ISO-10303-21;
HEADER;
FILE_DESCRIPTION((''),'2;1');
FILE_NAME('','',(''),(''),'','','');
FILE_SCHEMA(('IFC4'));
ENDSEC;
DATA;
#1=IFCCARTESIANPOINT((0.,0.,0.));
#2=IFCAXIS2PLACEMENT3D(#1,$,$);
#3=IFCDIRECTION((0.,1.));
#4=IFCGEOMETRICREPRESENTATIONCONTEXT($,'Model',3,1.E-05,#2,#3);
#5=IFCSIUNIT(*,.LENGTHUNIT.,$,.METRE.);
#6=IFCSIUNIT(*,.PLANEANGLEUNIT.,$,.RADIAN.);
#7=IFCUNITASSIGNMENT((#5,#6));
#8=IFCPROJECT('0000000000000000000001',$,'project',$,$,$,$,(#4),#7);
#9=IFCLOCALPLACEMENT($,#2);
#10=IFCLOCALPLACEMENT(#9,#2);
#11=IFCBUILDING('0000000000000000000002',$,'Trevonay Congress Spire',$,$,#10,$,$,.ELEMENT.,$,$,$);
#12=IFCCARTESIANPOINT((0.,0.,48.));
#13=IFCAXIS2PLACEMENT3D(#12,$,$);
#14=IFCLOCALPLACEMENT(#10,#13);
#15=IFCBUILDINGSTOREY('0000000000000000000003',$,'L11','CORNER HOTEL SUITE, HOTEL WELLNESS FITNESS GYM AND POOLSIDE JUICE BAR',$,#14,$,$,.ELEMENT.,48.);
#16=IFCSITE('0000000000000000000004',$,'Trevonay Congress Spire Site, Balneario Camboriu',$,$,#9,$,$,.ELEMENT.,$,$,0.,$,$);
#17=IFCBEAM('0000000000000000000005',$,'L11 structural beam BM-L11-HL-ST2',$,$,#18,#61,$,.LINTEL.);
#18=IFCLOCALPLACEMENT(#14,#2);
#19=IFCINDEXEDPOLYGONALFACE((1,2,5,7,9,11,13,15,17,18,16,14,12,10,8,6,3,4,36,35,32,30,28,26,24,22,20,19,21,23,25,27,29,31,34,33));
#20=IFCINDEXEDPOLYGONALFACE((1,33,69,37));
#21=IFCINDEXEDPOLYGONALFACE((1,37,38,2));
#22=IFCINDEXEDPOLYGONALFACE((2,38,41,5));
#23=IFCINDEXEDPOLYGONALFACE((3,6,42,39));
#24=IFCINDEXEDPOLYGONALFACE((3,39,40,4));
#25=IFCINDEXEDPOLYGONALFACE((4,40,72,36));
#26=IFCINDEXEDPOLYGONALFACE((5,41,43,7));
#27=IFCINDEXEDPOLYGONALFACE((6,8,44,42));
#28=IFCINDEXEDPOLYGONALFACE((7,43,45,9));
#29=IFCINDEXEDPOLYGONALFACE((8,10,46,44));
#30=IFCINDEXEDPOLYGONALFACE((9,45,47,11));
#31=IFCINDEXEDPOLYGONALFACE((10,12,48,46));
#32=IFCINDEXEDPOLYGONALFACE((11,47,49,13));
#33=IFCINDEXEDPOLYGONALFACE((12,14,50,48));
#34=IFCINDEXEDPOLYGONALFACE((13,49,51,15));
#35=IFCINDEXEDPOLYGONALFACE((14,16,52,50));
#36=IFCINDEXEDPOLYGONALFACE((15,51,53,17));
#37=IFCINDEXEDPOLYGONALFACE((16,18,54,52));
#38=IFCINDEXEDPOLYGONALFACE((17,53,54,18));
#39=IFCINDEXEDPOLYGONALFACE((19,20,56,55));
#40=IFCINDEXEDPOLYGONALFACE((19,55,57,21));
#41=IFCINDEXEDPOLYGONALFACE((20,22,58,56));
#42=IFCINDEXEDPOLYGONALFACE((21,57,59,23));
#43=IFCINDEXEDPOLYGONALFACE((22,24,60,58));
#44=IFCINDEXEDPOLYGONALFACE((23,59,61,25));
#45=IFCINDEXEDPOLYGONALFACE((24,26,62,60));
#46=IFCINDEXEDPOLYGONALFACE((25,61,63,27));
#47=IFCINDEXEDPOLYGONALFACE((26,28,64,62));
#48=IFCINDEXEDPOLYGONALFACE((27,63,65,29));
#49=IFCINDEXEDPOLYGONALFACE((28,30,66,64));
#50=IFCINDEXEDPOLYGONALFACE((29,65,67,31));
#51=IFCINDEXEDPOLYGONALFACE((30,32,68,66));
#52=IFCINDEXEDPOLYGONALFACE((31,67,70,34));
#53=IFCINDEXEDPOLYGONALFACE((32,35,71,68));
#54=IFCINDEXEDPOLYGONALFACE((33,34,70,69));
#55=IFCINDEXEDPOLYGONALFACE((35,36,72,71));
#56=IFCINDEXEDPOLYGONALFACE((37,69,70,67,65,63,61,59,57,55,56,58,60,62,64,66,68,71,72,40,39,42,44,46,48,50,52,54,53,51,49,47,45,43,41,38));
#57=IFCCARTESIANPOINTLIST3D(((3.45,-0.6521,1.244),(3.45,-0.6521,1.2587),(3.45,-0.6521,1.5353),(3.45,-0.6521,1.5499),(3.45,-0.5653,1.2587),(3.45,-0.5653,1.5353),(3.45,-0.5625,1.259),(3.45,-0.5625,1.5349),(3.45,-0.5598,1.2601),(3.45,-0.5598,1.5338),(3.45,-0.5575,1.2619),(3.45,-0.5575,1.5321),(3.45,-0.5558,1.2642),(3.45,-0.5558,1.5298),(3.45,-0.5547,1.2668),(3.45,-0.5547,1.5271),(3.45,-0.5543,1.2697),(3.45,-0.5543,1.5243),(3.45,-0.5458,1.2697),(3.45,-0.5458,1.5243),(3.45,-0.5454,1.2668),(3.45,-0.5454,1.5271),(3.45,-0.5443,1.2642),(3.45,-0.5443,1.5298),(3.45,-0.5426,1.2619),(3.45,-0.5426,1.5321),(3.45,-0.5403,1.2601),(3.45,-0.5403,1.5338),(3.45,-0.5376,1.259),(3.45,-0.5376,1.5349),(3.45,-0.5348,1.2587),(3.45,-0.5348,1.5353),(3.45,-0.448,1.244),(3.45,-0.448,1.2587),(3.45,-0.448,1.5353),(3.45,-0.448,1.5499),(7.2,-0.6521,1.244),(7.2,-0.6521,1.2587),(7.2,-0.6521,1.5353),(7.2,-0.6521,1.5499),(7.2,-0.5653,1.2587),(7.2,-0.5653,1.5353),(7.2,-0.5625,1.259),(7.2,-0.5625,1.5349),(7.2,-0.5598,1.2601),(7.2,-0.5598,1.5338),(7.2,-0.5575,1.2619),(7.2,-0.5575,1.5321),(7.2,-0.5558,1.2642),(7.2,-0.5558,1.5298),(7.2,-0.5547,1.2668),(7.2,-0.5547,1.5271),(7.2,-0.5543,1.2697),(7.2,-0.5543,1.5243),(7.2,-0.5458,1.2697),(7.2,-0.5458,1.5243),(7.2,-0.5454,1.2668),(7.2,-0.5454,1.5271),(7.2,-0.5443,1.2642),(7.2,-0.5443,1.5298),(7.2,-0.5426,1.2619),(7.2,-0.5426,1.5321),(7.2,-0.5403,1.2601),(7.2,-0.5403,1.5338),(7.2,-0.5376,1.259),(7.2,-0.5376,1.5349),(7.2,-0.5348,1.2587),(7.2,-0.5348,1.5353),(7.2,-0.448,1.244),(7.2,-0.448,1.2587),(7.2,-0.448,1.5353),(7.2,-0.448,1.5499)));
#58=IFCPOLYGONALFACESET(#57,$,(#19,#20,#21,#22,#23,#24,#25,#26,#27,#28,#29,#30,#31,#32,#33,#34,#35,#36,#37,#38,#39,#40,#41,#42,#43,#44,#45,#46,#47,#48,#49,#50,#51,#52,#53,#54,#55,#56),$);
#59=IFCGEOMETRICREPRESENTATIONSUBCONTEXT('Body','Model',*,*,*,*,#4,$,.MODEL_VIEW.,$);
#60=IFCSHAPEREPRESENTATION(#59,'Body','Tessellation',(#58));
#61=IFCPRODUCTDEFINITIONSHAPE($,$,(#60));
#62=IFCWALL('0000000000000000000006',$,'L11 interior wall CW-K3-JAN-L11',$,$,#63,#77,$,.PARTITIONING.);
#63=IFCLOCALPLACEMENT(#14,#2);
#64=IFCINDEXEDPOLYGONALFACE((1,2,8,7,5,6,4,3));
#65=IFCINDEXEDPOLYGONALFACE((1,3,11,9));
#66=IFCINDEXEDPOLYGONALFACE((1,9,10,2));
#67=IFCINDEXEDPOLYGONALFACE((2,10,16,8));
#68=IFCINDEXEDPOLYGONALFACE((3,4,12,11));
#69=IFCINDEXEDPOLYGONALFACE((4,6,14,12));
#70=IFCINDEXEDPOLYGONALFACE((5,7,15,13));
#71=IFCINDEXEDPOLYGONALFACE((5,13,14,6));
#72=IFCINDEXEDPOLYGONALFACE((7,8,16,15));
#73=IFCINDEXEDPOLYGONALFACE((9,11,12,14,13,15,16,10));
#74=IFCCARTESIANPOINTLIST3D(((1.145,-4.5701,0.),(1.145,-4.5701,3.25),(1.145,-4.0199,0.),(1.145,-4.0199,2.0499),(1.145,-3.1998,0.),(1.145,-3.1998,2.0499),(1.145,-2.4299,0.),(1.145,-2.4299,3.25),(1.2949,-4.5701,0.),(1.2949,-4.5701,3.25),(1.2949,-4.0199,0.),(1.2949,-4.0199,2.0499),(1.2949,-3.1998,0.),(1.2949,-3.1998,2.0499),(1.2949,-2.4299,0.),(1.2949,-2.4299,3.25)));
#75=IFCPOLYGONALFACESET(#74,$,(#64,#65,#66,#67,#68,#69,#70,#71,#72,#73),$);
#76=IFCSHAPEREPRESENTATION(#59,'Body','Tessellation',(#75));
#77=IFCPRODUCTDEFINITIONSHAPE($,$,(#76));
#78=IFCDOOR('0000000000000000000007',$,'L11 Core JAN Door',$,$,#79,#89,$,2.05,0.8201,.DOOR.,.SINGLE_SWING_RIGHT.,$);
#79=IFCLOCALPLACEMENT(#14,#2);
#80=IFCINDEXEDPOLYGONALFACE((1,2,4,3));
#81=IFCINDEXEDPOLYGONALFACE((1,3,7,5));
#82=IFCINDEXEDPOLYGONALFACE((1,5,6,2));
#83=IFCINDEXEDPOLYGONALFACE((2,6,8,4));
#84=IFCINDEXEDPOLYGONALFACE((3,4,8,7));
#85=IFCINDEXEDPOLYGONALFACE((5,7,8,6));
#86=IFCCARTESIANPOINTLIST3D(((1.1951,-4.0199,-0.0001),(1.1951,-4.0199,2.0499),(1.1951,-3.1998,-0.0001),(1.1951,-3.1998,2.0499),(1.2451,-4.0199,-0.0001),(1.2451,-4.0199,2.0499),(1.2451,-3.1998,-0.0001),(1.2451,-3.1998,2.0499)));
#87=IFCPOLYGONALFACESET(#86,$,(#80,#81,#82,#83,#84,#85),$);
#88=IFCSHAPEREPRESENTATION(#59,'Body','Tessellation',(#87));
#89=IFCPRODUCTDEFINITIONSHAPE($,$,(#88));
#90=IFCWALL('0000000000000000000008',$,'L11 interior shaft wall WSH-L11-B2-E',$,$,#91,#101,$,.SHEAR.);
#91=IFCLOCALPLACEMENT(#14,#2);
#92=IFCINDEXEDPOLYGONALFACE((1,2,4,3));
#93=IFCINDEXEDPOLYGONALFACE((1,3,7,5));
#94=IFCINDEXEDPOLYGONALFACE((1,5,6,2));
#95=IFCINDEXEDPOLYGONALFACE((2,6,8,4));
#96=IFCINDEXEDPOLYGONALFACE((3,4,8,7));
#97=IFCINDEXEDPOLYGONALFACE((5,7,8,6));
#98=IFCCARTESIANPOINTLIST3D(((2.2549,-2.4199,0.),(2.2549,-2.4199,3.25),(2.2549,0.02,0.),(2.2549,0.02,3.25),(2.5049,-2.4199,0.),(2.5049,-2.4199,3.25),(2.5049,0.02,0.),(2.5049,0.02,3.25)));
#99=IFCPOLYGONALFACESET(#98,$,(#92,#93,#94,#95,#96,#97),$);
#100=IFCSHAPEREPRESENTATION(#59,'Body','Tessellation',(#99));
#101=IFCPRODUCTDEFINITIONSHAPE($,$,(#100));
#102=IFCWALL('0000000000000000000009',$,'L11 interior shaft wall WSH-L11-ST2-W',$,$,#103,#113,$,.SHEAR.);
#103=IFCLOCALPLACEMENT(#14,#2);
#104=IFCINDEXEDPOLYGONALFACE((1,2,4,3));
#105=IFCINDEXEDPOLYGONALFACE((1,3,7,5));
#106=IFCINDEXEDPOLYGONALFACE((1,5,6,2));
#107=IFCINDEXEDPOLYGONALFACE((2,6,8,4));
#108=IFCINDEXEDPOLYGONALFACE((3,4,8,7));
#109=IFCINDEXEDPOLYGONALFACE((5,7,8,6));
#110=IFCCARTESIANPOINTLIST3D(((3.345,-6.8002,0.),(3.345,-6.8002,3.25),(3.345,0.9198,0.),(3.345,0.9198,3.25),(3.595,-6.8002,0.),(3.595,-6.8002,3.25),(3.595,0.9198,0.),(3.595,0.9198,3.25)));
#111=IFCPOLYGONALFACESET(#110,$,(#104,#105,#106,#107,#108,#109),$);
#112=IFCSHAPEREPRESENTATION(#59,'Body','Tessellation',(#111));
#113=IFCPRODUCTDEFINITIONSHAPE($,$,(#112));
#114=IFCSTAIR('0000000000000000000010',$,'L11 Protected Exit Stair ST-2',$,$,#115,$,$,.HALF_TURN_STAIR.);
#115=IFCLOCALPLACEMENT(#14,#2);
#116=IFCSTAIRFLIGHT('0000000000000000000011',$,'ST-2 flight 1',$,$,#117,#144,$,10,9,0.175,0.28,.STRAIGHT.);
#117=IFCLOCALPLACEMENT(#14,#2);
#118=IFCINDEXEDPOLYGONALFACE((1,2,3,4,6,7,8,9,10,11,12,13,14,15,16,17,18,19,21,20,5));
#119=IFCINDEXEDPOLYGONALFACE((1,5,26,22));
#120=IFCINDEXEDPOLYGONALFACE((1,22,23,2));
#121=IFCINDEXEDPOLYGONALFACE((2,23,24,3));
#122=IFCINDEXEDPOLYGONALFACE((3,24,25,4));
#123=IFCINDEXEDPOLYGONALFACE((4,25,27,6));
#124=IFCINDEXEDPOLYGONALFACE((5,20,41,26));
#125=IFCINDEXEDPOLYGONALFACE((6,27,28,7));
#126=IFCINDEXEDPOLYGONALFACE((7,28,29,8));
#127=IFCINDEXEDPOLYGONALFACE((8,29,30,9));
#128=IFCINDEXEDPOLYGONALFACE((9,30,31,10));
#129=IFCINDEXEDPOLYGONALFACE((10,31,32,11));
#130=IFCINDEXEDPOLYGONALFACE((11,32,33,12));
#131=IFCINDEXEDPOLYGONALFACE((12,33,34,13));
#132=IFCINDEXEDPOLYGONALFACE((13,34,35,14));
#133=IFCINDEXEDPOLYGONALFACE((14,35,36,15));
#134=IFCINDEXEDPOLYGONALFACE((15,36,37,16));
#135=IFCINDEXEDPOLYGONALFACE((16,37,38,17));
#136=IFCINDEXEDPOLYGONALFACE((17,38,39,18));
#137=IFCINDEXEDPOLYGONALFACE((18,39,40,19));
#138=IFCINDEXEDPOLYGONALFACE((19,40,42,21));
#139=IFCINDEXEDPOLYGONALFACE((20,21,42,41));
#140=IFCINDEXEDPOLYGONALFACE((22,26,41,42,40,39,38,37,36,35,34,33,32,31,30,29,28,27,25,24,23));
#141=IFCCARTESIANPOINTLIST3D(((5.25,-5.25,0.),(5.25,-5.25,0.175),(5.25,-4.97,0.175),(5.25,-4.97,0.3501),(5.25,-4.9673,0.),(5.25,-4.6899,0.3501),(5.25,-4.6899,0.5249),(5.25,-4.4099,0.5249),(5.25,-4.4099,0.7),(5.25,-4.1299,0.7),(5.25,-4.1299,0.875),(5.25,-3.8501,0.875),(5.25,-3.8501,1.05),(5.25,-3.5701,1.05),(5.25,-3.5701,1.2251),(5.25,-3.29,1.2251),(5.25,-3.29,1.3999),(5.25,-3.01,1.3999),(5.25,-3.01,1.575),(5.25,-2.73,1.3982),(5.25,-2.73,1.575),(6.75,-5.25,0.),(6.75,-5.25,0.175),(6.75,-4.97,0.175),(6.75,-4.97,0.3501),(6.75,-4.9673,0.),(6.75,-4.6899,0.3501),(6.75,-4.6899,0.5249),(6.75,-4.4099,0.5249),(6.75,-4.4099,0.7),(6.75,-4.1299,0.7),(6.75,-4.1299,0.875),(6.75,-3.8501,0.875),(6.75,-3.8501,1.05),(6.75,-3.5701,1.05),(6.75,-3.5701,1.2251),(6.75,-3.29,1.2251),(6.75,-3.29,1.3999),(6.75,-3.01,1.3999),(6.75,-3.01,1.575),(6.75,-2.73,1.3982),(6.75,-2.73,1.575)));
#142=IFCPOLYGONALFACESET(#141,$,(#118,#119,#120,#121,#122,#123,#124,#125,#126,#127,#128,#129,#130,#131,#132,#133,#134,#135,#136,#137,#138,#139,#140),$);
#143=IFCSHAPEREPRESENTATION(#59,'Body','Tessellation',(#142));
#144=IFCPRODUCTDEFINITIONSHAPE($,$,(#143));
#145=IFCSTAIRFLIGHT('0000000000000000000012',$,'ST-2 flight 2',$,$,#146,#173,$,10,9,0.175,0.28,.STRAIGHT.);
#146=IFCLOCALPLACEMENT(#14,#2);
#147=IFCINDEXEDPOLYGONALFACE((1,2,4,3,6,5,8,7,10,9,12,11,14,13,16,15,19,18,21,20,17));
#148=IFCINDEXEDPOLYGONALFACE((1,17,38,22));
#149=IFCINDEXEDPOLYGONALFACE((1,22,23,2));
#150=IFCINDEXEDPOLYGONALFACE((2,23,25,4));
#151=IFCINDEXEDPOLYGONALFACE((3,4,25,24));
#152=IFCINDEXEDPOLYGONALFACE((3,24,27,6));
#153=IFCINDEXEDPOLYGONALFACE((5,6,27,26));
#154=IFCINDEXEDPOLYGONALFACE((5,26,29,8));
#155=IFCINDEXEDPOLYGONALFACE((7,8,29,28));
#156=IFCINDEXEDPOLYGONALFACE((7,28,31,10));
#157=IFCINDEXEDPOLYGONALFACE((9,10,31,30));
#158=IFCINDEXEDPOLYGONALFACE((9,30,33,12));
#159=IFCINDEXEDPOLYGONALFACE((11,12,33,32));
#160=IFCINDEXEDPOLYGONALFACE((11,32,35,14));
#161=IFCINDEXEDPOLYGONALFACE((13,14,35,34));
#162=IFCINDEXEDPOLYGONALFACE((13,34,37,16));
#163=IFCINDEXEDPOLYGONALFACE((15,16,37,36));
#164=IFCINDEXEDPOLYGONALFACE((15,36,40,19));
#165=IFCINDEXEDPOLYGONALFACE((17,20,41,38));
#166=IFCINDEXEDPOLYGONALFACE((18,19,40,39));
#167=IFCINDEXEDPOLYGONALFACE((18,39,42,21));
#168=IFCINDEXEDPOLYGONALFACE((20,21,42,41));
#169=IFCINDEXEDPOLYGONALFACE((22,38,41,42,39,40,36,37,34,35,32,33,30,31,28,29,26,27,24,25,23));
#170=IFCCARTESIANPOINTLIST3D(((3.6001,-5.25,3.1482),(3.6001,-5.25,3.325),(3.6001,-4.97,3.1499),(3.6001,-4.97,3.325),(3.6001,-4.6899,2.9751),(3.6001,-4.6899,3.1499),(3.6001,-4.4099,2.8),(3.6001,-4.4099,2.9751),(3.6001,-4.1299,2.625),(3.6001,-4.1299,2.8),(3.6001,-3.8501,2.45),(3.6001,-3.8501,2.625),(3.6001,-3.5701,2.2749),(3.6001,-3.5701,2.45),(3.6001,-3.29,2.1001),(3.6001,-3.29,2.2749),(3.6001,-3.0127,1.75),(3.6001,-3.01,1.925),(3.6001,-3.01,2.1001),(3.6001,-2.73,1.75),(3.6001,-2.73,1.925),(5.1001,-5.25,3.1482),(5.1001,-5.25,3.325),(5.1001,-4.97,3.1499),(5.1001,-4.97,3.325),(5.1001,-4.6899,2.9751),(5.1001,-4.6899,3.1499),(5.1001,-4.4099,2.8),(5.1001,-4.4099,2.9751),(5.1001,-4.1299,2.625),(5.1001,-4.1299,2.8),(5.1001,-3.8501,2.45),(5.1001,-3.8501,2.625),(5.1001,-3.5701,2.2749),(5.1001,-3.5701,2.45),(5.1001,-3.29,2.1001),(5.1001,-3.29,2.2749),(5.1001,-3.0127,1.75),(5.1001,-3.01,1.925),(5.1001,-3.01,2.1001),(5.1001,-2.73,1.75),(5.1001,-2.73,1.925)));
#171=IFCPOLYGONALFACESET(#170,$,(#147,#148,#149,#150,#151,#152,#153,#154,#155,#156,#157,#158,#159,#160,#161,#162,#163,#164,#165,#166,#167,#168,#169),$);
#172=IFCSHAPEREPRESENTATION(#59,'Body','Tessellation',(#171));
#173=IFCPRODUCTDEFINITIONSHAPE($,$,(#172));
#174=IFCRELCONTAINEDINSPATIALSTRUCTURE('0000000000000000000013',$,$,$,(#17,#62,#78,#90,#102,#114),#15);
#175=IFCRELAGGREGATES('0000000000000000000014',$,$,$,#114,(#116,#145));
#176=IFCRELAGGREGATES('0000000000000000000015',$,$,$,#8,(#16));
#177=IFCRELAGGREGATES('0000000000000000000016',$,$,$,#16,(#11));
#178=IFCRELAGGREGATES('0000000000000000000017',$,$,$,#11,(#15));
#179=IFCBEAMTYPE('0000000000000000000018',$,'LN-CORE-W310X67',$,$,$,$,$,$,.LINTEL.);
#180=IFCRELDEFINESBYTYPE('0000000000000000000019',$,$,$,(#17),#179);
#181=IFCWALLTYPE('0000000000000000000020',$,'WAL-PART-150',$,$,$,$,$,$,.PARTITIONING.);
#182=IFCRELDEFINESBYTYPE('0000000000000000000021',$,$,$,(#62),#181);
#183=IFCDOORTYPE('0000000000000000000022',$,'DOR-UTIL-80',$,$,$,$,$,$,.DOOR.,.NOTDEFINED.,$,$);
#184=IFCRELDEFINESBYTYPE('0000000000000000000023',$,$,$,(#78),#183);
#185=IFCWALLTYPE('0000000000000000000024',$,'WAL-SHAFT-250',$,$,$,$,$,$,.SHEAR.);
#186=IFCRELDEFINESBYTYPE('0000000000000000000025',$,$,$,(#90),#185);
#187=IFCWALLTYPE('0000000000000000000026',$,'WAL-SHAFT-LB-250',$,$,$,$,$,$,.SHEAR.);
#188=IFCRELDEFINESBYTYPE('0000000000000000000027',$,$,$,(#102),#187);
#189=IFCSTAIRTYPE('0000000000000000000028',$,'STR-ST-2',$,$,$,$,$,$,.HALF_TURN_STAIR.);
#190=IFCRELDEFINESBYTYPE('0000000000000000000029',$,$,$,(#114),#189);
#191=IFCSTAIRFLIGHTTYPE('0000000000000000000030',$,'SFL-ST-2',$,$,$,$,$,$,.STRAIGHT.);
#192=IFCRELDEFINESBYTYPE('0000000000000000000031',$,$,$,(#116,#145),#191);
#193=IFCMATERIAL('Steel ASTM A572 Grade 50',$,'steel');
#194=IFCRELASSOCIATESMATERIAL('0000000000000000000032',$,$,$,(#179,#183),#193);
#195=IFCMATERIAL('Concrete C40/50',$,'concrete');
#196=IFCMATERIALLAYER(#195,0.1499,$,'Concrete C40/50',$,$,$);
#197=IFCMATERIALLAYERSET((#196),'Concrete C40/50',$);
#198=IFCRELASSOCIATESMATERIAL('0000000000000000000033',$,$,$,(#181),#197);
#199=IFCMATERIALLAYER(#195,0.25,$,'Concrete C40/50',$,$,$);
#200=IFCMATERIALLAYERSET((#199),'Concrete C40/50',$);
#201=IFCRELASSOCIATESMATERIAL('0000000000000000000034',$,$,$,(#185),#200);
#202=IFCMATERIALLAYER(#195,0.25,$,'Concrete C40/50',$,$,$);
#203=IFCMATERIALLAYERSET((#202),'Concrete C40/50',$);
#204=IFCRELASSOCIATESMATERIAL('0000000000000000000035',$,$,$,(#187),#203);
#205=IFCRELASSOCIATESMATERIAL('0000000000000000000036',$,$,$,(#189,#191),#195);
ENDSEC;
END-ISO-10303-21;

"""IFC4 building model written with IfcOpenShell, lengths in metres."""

from ifc_helpers import new_model, si_unit, direction, frame, frame_2d, origin, origin_2d, place, context, subcontext, project, spatial, polyline, rectangle, i_section, outline, extrude, material, layer, layer_set, material_profile, profile_set, type_object, element, fill, aggregate, save


model = new_model("IFC4")

# Units and contexts
model_context = context("Model", 3, precision=1e-05, world=origin(), true_north=direction((0.0, 1.0)))
body_context = subcontext(model_context, "Body", "Model", "MODEL_VIEW")
ifc_project = project(units=[si_unit("LENGTHUNIT", "METRE"), si_unit("PLANEANGLEUNIT", "RADIAN")], contexts=[model_context])

# Site, building, storey
site_placement = place(None, origin())
site = spatial("IfcSite", under=ifc_project, at=site_placement, Name="Trevonay Congress Spire Site, Balneario Camboriu", CompositionType="ELEMENT", RefElevation=0.0)
building_placement = place(site_placement, origin())
building = spatial("IfcBuilding", under=site, at=building_placement, Name="Trevonay Congress Spire", CompositionType="ELEMENT")
storey_placement = place(building_placement, frame((0.0, 0.0, 48.0)))
storey = spatial("IfcBuildingStorey", under=building, at=storey_placement, Name="L11", Description="CORNER HOTEL SUITE, HOTEL WELLNESS FITNESS GYM AND POOLSIDE JUICE BAR", CompositionType="ELEMENT", Elevation=48.0)

# Beam
ifc_material_1 = material(Name="Steel ASTM A572 Grade 50", Category="steel")
ifc_material_profile_1 = material_profile(ifc_material_1, i_section(OverallWidth=0.2041, OverallDepth=0.3059, WebThickness=0.0085, FlangeThickness=0.0146, FilletRadius=0.011, at=origin_2d()), Name="W310x67")
ifc_profile_set_1 = profile_set([ifc_material_profile_1], Name="Steel ASTM A572 Grade 50")
beam_type_1 = type_object("IfcBeamType", Name="LN-CORE-W310X67", PredefinedType="LINTEL", material=ifc_profile_set_1)
beam_1_placement = place(storey_placement, frame((3.45, -0.55, 1.397), z_axis=(1.0, 0.0, 0.0), x_axis=(0.0, 1.0, 0.0)))
element("IfcBeam", 1, at=beam_1_placement, inside=storey, type_object=beam_type_1, Name="L11 structural beam BM-L11-HL-ST2", PredefinedType="LINTEL", context=body_context, shape_type="SweptSolid", body=[
    extrude(i_section(OverallWidth=0.2041, OverallDepth=0.3059, WebThickness=0.0085, FlangeThickness=0.0146, FilletRadius=0.011, at=origin_2d()), origin(), (0.0, 0.0, 1.0), 3.75),
])

# Wall, opening, door
ifc_material_2 = material(Name="Concrete C40/50", Category="concrete")
ifc_layer_1 = layer(ifc_material_2, 0.1499, Name="Concrete C40/50")
ifc_layer_set_1 = layer_set([ifc_layer_1], Name="Concrete C40/50")
wall_type_1 = type_object("IfcWallType", Name="WAL-PART-150", PredefinedType="PARTITIONING", material=ifc_layer_set_1)
wall_1_placement = place(storey_placement, frame((1.22, -4.5701, 0.0), z_axis=(0.0, 0.0, 1.0), x_axis=(0.0, 1.0, 0.0)))
wall_1 = element("IfcWall", 2, at=wall_1_placement, inside=storey, type_object=wall_type_1, Name="L11 interior wall CW-K3-JAN-L11", PredefinedType="PARTITIONING", context=body_context, shape_type="SweptSolid", body=[
    extrude(rectangle(XDim=2.1401, YDim=0.1499, at=frame_2d((1.0701, 0.0))), origin(), (0.0, 0.0, 1.0), 3.25),
])
opening_placement = place(wall_1_placement, frame((0.55, 0.0, 0.0)))
opening = element("IfcOpeningElement", 3, at=opening_placement, cuts=wall_1, PredefinedType="OPENING", context=body_context, shape_type="SweptSolid", body=[
    extrude(rectangle(XDim=0.8201, YDim=2.05, at=frame_2d((0.4102, 1.0249))), frame((0.0, 0.085, 0.0), z_axis=(0.0, -1.0, 0.0), x_axis=(1.0, 0.0, 0.0)), (0.0, 0.0, 1.0), 0.1699),
])
door_type = type_object("IfcDoorType", Name="DOR-UTIL-80", OperationType="NOTDEFINED", PredefinedType="DOOR", material=ifc_material_1)
door_placement = place(opening_placement, origin())
door = element("IfcDoor", 4, at=door_placement, inside=storey, type_object=door_type, Name="L11 Core JAN Door", OperationType="SINGLE_SWING_RIGHT", OverallHeight=2.05, OverallWidth=0.8201, PredefinedType="DOOR", context=body_context, shape_type="SweptSolid", body=[
    extrude(rectangle(XDim=0.8201, YDim=2.05, at=frame_2d((0.4102, 1.0249))), frame((0.0, 0.0249, 0.0), z_axis=(0.0, -1.0, 0.0), x_axis=(1.0, 0.0, 0.0)), (0.0, 0.0, 1.0), 0.05),
])
fill(opening, door)

# Walls
ifc_layer_2 = layer(ifc_material_2, 0.25, Name="Concrete C40/50")
ifc_layer_set_2 = layer_set([ifc_layer_2], Name="Concrete C40/50")
wall_type_2 = type_object("IfcWallType", Name="WAL-SHAFT-250", PredefinedType="SHEAR", material=ifc_layer_set_2)
wall_2_placement = place(storey_placement, frame((2.3799, -2.4199, 0.0), z_axis=(0.0, 0.0, 1.0), x_axis=(0.0, 1.0, 0.0)))
element("IfcWall", 5, at=wall_2_placement, inside=storey, type_object=wall_type_2, Name="L11 interior shaft wall WSH-L11-B2-E", PredefinedType="SHEAR", context=body_context, shape_type="SweptSolid", body=[
    extrude(rectangle(XDim=2.4399, YDim=0.25, at=frame_2d((1.22, 0.0))), origin(), (0.0, 0.0, 1.0), 3.25),
])
ifc_layer_3 = layer(ifc_material_2, 0.25, Name="Concrete C40/50")
ifc_layer_set_3 = layer_set([ifc_layer_3], Name="Concrete C40/50")
wall_type_3 = type_object("IfcWallType", Name="WAL-SHAFT-LB-250", PredefinedType="SHEAR", material=ifc_layer_set_3)
wall_3_placement = place(storey_placement, frame((3.47, -6.8, 0.0), z_axis=(0.0, 0.0, 1.0), x_axis=(0.0, 1.0, 0.0)))
element("IfcWall", 6, at=wall_3_placement, inside=storey, type_object=wall_type_3, Name="L11 interior shaft wall WSH-L11-ST2-W", PredefinedType="SHEAR", context=body_context, shape_type="SweptSolid", body=[
    extrude(rectangle(XDim=7.72, YDim=0.25, at=frame_2d((3.8599, 0.0))), origin(), (0.0, 0.0, 1.0), 3.25),
])

# Stair, stair flights
stair_type = type_object("IfcStairType", Name="STR-ST-2", PredefinedType="HALF_TURN_STAIR", material=ifc_material_2)
stair_placement = place(storey_placement, origin())
stair = element("IfcStair", 7, at=stair_placement, inside=storey, type_object=stair_type, Name="L11 Protected Exit Stair ST-2", PredefinedType="HALF_TURN_STAIR")
stair_flight_type = type_object("IfcStairFlightType", Name="SFL-ST-2", PredefinedType="STRAIGHT", material=ifc_material_2)
stair_flight_1_placement = place(storey_placement, frame((6.0, -5.25, 0.0), z_axis=(0.0, 0.0, 1.0), x_axis=(0.0, 1.0, 0.0)))
stair_flight_1 = element("IfcStairFlight", 8, at=stair_flight_1_placement, type_object=stair_flight_type, Name="ST-2 flight 1", NumberOfRisers=10, NumberOfTreads=9, PredefinedType="STRAIGHT", RiserHeight=0.175, TreadLength=0.28, context=body_context, shape_type="SweptSolid", body=[
    extrude(outline(polyline([(0.0, 0.0), (0.0, 0.175), (0.28, 0.175), (0.28, 0.3501), (0.5601, 0.3501), (0.5601, 0.5249), (0.8401, 0.5249), (0.8401, 0.7), (1.1201, 0.7), (1.1201, 0.875), (1.3999, 0.875), (1.3999, 1.05), (1.6799, 1.05), (1.6799, 1.2251), (1.96, 1.2251), (1.96, 1.3999), (2.24, 1.3999), (2.24, 1.575), (2.52, 1.575), (2.52, 1.75), (2.52, 1.3982), (0.2827, 0.0), (0.0, 0.0)])), frame((0.0, 0.75, 0.0), z_axis=(0.0, -1.0, 0.0), x_axis=(1.0, 0.0, 0.0)), (0.0, 0.0, 1.0), 1.5),
])
stair_flight_2_placement = place(storey_placement, frame((4.3501, -2.73, 1.75), z_axis=(0.0, 0.0, 1.0), x_axis=(0.0, -1.0, 0.0)))
stair_flight_2 = element("IfcStairFlight", 9, at=stair_flight_2_placement, type_object=stair_flight_type, Name="ST-2 flight 2", NumberOfRisers=10, NumberOfTreads=9, PredefinedType="STRAIGHT", RiserHeight=0.175, TreadLength=0.28, context=body_context, shape_type="SweptSolid", body=[
    extrude(outline(polyline([(0.0, 0.0), (0.0, 0.175), (0.28, 0.175), (0.28, 0.3501), (0.5601, 0.3501), (0.5601, 0.5249), (0.8401, 0.5249), (0.8401, 0.7), (1.1201, 0.7), (1.1201, 0.875), (1.3999, 0.875), (1.3999, 1.05), (1.6799, 1.05), (1.6799, 1.2251), (1.96, 1.2251), (1.96, 1.3999), (2.24, 1.3999), (2.24, 1.575), (2.52, 1.575), (2.52, 1.75), (2.52, 1.3982), (0.2827, 0.0), (0.0, 0.0)])), frame((0.0, 0.75, 0.0), z_axis=(0.0, -1.0, 0.0), x_axis=(1.0, 0.0, 0.0)), (0.0, 0.0, 1.0), 1.5),
])
aggregate(stair, [stair_flight_1, stair_flight_2])

save(model, "model.ifc")
